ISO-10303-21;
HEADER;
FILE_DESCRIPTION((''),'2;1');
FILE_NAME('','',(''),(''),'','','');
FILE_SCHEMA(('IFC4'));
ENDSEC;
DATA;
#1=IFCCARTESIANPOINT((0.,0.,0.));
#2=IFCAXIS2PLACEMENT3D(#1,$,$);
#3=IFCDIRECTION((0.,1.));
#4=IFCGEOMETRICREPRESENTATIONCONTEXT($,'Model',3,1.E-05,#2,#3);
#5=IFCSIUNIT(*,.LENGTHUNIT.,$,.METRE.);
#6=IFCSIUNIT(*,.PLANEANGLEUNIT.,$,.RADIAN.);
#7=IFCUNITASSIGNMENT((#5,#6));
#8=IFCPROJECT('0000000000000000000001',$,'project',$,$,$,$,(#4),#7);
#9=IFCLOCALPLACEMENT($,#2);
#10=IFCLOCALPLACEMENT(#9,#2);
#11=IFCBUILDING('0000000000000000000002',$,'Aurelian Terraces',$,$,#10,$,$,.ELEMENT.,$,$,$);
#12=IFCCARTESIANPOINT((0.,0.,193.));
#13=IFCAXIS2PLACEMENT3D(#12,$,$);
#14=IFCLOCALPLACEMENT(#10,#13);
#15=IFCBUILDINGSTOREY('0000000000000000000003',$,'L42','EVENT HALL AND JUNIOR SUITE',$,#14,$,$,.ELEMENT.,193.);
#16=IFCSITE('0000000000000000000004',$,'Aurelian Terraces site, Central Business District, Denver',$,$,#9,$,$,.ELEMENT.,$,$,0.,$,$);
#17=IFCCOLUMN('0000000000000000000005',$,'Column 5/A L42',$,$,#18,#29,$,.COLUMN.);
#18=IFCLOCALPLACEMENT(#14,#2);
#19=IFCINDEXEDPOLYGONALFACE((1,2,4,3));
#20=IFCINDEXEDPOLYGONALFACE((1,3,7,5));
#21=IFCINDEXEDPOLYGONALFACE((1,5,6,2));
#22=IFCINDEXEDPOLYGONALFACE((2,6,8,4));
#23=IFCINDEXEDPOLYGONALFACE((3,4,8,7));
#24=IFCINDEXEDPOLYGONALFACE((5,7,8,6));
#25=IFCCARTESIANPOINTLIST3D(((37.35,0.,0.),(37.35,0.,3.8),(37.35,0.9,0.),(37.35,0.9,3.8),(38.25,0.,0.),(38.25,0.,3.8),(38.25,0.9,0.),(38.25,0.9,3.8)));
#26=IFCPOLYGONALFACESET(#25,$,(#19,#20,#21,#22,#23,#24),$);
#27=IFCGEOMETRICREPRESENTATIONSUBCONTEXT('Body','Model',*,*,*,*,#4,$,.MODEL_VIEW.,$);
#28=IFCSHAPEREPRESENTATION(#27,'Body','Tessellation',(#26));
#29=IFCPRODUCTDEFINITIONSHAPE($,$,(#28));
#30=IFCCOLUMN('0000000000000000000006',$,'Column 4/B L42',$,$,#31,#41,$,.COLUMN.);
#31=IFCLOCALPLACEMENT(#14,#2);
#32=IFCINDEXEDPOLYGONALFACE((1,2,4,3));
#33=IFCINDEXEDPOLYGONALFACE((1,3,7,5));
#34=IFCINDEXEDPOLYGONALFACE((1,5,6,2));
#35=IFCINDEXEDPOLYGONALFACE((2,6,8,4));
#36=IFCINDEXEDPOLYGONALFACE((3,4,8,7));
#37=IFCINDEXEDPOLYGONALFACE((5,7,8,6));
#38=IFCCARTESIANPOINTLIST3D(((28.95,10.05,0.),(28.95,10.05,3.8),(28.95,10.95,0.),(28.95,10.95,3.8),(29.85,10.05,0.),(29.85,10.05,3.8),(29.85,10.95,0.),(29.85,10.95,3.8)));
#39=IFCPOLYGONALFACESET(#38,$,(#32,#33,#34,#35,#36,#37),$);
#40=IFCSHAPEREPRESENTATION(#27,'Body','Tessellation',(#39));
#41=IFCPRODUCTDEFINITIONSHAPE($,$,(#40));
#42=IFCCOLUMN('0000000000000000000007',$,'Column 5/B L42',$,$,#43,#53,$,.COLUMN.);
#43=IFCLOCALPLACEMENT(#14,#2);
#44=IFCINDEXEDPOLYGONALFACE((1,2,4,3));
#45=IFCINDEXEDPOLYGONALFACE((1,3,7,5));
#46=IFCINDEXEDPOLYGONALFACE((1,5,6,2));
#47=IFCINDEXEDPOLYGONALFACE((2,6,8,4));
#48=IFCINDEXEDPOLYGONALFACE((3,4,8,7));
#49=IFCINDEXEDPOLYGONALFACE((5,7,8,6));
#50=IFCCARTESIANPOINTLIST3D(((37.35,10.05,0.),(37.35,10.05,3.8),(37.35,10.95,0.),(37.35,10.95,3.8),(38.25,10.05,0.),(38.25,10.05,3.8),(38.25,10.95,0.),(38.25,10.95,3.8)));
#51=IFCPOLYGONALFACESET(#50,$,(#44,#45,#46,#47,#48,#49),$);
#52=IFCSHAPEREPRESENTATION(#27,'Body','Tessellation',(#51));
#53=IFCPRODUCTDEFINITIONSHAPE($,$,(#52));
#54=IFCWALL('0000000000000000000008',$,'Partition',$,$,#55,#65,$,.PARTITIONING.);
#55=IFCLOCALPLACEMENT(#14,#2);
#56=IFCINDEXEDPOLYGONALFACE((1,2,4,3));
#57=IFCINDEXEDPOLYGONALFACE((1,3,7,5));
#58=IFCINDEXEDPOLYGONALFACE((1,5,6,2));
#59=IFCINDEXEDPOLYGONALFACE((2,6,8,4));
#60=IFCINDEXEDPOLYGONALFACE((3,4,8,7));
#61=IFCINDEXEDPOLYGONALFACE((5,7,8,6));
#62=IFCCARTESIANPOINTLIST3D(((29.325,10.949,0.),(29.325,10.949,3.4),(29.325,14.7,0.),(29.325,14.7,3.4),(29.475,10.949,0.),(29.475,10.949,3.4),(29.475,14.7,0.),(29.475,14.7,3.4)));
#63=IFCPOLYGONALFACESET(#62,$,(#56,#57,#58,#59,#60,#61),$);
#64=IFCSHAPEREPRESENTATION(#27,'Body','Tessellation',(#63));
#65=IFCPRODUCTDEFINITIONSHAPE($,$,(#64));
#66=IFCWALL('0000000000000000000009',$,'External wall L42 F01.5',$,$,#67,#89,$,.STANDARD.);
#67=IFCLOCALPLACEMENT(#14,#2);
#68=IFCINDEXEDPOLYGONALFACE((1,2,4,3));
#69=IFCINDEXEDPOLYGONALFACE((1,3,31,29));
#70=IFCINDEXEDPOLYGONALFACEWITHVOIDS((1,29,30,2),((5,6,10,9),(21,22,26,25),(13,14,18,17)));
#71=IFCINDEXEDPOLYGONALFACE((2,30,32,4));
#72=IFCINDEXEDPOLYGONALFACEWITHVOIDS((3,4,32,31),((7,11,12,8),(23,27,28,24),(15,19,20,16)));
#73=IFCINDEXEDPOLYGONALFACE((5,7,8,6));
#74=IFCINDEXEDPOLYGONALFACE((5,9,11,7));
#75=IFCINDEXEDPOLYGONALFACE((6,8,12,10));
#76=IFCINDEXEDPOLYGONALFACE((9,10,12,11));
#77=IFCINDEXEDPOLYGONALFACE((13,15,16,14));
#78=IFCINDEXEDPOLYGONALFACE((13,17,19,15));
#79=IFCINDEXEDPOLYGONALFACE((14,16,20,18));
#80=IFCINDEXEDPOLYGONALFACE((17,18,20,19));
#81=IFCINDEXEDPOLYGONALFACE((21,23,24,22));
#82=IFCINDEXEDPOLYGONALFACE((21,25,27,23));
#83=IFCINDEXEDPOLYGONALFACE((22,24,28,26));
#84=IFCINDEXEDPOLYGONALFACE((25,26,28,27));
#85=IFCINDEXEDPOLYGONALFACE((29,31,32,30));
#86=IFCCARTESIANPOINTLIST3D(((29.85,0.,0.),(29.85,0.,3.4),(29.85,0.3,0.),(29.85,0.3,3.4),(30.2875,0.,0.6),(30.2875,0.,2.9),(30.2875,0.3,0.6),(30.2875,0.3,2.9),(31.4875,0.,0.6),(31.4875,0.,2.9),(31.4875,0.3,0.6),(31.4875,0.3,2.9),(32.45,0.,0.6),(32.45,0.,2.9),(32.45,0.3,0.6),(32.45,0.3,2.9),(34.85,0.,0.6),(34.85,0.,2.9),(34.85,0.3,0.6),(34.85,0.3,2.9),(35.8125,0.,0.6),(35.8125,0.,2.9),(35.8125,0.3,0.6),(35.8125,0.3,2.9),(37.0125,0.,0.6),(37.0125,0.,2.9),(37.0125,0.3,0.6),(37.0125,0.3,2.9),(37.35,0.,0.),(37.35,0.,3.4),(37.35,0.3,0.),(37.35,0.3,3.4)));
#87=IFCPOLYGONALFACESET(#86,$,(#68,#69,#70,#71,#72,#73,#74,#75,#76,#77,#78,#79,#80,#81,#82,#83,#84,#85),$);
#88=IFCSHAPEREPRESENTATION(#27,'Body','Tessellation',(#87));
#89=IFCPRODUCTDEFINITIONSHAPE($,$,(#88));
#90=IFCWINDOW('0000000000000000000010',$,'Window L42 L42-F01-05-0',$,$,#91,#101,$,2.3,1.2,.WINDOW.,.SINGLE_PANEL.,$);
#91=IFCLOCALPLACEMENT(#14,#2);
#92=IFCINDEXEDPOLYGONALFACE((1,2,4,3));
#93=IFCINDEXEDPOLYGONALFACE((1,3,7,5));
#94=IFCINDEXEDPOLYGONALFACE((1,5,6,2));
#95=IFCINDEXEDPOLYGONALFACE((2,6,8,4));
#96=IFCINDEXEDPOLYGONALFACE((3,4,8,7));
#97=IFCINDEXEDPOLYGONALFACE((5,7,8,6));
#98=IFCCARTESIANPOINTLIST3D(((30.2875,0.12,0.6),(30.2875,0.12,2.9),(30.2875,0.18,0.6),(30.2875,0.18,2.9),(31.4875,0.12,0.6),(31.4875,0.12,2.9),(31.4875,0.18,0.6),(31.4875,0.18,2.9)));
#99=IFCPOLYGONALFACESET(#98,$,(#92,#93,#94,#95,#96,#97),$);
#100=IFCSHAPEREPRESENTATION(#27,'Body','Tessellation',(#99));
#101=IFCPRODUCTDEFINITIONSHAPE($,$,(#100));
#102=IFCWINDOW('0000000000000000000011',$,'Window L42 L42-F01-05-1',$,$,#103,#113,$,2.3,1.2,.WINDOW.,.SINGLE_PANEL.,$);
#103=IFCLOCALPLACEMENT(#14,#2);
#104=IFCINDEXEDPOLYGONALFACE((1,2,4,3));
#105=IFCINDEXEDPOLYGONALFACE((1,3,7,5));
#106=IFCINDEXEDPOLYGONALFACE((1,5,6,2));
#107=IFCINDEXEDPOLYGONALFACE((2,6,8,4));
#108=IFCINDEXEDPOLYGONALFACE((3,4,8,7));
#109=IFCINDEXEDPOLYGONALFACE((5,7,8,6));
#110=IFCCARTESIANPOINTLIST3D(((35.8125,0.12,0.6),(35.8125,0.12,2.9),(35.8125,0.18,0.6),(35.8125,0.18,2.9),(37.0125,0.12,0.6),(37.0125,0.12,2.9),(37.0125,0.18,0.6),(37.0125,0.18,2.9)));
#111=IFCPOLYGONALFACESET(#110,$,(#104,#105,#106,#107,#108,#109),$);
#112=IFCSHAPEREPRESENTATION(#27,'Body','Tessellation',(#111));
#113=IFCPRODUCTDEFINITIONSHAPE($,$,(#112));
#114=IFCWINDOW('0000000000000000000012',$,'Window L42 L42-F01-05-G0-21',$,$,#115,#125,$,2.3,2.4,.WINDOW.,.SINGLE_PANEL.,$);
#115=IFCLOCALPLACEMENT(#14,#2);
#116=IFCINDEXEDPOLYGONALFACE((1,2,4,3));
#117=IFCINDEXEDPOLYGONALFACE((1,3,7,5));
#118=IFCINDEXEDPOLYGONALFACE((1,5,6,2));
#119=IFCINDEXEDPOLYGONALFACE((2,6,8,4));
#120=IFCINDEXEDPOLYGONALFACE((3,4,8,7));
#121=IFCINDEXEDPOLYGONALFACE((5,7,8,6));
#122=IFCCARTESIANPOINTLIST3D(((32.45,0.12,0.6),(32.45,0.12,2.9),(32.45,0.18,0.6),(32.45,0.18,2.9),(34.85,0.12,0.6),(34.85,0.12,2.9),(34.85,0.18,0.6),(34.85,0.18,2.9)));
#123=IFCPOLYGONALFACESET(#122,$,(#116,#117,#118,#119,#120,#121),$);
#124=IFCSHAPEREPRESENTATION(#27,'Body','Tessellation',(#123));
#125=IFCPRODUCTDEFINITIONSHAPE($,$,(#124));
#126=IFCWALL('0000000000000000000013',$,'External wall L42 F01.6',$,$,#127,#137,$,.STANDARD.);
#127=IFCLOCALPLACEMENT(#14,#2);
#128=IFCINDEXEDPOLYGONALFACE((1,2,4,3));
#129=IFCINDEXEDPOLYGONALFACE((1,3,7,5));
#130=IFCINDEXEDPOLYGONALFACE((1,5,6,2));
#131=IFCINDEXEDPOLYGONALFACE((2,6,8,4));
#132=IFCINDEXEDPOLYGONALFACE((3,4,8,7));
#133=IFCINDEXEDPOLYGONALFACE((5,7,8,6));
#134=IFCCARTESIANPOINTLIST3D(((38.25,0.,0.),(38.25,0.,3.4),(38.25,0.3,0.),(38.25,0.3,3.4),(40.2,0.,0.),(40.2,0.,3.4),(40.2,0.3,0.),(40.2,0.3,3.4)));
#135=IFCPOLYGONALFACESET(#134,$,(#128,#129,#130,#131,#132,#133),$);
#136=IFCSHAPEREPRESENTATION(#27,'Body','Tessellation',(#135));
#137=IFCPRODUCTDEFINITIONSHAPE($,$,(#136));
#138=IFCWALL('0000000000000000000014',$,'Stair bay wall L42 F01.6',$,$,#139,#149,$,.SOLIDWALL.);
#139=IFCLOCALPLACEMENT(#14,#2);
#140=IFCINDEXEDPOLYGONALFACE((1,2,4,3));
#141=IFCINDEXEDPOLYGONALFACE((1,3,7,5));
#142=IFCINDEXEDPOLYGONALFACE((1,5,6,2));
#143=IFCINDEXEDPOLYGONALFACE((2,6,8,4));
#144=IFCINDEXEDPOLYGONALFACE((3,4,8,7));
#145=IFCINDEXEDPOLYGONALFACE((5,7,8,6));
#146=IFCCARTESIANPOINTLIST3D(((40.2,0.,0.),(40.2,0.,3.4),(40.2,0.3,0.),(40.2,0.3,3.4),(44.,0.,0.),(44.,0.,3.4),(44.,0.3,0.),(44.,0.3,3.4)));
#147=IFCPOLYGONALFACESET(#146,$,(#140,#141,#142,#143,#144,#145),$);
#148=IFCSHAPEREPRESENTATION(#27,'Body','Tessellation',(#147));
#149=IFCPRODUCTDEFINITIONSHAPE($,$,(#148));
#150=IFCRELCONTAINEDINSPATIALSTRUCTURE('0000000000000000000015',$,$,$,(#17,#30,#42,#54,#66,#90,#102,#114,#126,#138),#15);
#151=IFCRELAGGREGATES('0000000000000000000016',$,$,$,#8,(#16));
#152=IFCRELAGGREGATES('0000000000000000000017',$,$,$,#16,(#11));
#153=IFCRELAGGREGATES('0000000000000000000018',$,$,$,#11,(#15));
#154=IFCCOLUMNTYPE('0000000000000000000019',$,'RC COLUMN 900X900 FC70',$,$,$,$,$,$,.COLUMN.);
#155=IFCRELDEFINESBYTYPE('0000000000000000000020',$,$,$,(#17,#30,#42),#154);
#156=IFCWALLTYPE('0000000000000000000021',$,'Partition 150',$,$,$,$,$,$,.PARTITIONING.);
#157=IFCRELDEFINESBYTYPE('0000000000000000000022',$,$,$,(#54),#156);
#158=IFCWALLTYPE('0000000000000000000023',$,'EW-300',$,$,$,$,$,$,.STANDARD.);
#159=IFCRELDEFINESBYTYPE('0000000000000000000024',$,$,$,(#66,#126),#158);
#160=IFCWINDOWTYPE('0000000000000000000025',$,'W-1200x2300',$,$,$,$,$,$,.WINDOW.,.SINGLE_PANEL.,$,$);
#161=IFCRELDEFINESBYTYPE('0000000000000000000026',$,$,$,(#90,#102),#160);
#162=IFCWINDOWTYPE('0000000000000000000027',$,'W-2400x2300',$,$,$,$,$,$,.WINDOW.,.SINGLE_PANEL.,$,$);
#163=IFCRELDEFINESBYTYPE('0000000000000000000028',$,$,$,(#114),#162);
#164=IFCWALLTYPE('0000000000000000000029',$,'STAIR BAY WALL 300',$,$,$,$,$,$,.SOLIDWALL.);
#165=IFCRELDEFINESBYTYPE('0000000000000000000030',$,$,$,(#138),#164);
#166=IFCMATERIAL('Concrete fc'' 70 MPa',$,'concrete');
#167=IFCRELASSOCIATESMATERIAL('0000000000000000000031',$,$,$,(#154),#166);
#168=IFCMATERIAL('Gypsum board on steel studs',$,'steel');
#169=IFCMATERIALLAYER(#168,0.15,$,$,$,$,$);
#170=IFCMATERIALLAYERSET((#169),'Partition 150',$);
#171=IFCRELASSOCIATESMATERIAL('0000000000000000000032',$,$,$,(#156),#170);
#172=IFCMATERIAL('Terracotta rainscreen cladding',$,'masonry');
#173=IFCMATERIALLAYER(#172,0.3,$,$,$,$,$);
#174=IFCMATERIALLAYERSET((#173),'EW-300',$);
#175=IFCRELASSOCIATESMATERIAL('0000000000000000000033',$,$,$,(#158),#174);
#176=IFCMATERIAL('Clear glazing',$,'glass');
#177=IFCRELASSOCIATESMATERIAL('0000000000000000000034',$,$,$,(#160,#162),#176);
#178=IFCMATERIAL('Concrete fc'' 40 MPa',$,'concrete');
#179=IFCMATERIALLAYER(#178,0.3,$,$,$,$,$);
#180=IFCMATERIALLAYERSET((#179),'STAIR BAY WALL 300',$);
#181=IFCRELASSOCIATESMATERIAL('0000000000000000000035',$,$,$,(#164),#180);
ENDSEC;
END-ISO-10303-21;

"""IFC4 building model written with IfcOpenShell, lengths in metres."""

from ifc_helpers import new_model, si_unit, direction, frame, frame_2d, origin, origin_2d, place, context, subcontext, project, spatial, rectangle, extrude, source, transform, mapped, material, layer, layer_set, material_profile, profile_set, type_object, element, fill, save


model = new_model("IFC4")

# Units and contexts
model_context = context("Model", 3, precision=1e-05, world=origin(), true_north=direction((0.0, 1.0)))
body_context = subcontext(model_context, "Body", "Model", "MODEL_VIEW")
ifc_project = project(units=[si_unit("LENGTHUNIT", "METRE"), si_unit("PLANEANGLEUNIT", "RADIAN")], contexts=[model_context])

# Site, building, storey
site_placement = place(None, origin())
site = spatial("IfcSite", under=ifc_project, at=site_placement, Name="Aurelian Terraces site, Central Business District, Denver", CompositionType="ELEMENT", RefElevation=0.0)
building_placement = place(site_placement, origin())
building = spatial("IfcBuilding", under=site, at=building_placement, Name="Aurelian Terraces", CompositionType="ELEMENT")
storey_placement = place(building_placement, frame((0.0, 0.0, 193.0)))
storey = spatial("IfcBuildingStorey", under=building, at=storey_placement, Name="L42", Description="EVENT HALL AND JUNIOR SUITE", CompositionType="ELEMENT", Elevation=193.0)

# Columns
ifc_material_1 = material(Name="Concrete fc' 70 MPa", Category="concrete")
ifc_material_profile = material_profile(ifc_material_1, rectangle(XDim=0.9, YDim=0.9, at=origin_2d()))
ifc_profile_set = profile_set([ifc_material_profile], Name="Concrete fc' 70 MPa")
column_type = type_object("IfcColumnType", Name="RC COLUMN 900X900 FC70", PredefinedType="COLUMN", material=ifc_profile_set)
shared_shape_1 = source(origin(), body_context, "Body", "SweptSolid", [
    extrude(rectangle(XDim=0.9, YDim=0.9, at=origin_2d()), origin(), (0.0, 0.0, 1.0), 3.8),
])
for number, where, z_axis, x_axis, name in (
    (1, (37.8, 0.45, 0.0), (0.0, 0.0, 1.0), (1.0, 0.0, 0.0), "Column 5/A L42"),
    (2, (29.4, 10.5, 0.0), (0.0, 0.0, 1.0), (1.0, 0.0, 0.0), "Column 4/B L42"),
    (3, (37.8, 10.5, 0.0), (0.0, 0.0, 1.0), (1.0, 0.0, 0.0), "Column 5/B L42"),
):
    element("IfcColumn", number, at=place(storey_placement, frame(where, z_axis=z_axis, x_axis=x_axis)), inside=storey, type_object=column_type, Name=name, PredefinedType="COLUMN", context=body_context, shape_type="MappedRepresentation", body=[
        mapped(shared_shape_1, transform((0.0, 0.0, 0.0), scale=1.0)),
    ])

# Wall
ifc_material_2 = material(Name="Gypsum board on steel studs", Category="steel")
ifc_layer_1 = layer(ifc_material_2, 0.15)
ifc_layer_set_1 = layer_set([ifc_layer_1], Name="Partition 150")
wall_type_1 = type_object("IfcWallType", Name="Partition 150", PredefinedType="PARTITIONING", material=ifc_layer_set_1)
wall_1_placement = place(storey_placement, frame((29.4, 10.949, 0.0), z_axis=(0.0, 0.0, 1.0), x_axis=(0.0, 1.0, 0.0)))
element("IfcWall", 4, at=wall_1_placement, inside=storey, type_object=wall_type_1, Name="Partition", PredefinedType="PARTITIONING", context=body_context, shape_type="SweptSolid", body=[
    extrude(rectangle(XDim=3.751, YDim=0.15, at=frame_2d((1.8755, 0.0))), origin(), (0.0, 0.0, 1.0), 3.4),
])

# Wall, openings, windows
ifc_material_3 = material(Name="Terracotta rainscreen cladding", Category="masonry")
ifc_layer_2 = layer(ifc_material_3, 0.3)
ifc_layer_set_2 = layer_set([ifc_layer_2], Name="EW-300")
wall_type_2 = type_object("IfcWallType", Name="EW-300", PredefinedType="STANDARD", material=ifc_layer_set_2)
shared_shape_2 = source(origin(), body_context, "Body", "SweptSolid", [
    extrude(rectangle(XDim=7.5, YDim=0.3, at=frame_2d((3.75, 0.0))), origin(), (0.0, 0.0, 1.0), 3.4),
])
wall_2_placement = place(storey_placement, frame((29.85, 0.15, 0.0), z_axis=(0.0, 0.0, 1.0), x_axis=(1.0, 0.0, 0.0)))
wall_2 = element("IfcWall", 5, at=wall_2_placement, inside=storey, type_object=wall_type_2, Name="External wall L42 F01.5", PredefinedType="STANDARD", context=body_context, shape_type="MappedRepresentation", body=[
    mapped(shared_shape_2, transform((0.0, 0.0, 0.0), scale=1.0)),
])
shared_shape_3 = source(origin(), body_context, "Body", "SweptSolid", [
    extrude(rectangle(XDim=1.2, YDim=2.3, at=frame_2d((0.6, 1.15))), frame((0.0, 0.16, 0.0), z_axis=(0.0, -1.0, 0.0), x_axis=(1.0, 0.0, 0.0)), (0.0, 0.0, 1.0), 0.32),
])
opening_1_placement = place(wall_2_placement, frame((0.4375, 0.0, 0.6)))
opening_1 = element("IfcOpeningElement", 6, at=opening_1_placement, cuts=wall_2, PredefinedType="OPENING", context=body_context, shape_type="MappedRepresentation", body=[
    mapped(shared_shape_3, transform((0.0, 0.0, 0.0), scale=1.0)),
])
opening_2_placement = place(wall_2_placement, frame((5.9625, 0.0, 0.6)))
opening_2 = element("IfcOpeningElement", 7, at=opening_2_placement, cuts=wall_2, PredefinedType="OPENING", context=body_context, shape_type="MappedRepresentation", body=[
    mapped(shared_shape_3, transform((0.0, 0.0, 0.0), scale=1.0)),
])
shared_shape_4 = source(origin(), body_context, "Body", "SweptSolid", [
    extrude(rectangle(XDim=2.4, YDim=2.3, at=frame_2d((1.2, 1.15))), frame((0.0, 0.16, 0.0), z_axis=(0.0, -1.0, 0.0), x_axis=(1.0, 0.0, 0.0)), (0.0, 0.0, 1.0), 0.32),
])
opening_3_placement = place(wall_2_placement, frame((2.6, 0.0, 0.6)))
opening_3 = element("IfcOpeningElement", 8, at=opening_3_placement, cuts=wall_2, PredefinedType="OPENING", context=body_context, shape_type="MappedRepresentation", body=[
    mapped(shared_shape_4, transform((0.0, 0.0, 0.0), scale=1.0)),
])
ifc_material_4 = material(Name="Clear glazing", Category="glass")
window_type_1 = type_object("IfcWindowType", Name="W-1200x2300", PartitioningType="SINGLE_PANEL", PredefinedType="WINDOW", material=ifc_material_4)
shared_shape_5 = source(origin(), body_context, "Body", "SweptSolid", [
    extrude(rectangle(XDim=1.2, YDim=2.3, at=frame_2d((0.6, 1.15))), frame((0.0, 0.03, 0.0), z_axis=(0.0, -1.0, 0.0), x_axis=(1.0, 0.0, 0.0)), (0.0, 0.0, 1.0), 0.06),
])
window_1_placement = place(opening_1_placement, origin())
window_1 = element("IfcWindow", 9, at=window_1_placement, inside=storey, type_object=window_type_1, Name="Window L42 L42-F01-05-0", OverallHeight=2.3, OverallWidth=1.2, PartitioningType="SINGLE_PANEL", PredefinedType="WINDOW", context=body_context, shape_type="MappedRepresentation", body=[
    mapped(shared_shape_5, transform((0.0, 0.0, 0.0), scale=1.0)),
])
fill(opening_1, window_1)
window_2_placement = place(opening_2_placement, origin())
window_2 = element("IfcWindow", 10, at=window_2_placement, inside=storey, type_object=window_type_1, Name="Window L42 L42-F01-05-1", OverallHeight=2.3, OverallWidth=1.2, PartitioningType="SINGLE_PANEL", PredefinedType="WINDOW", context=body_context, shape_type="MappedRepresentation", body=[
    mapped(shared_shape_5, transform((0.0, 0.0, 0.0), scale=1.0)),
])
fill(opening_2, window_2)
window_type_2 = type_object("IfcWindowType", Name="W-2400x2300", PartitioningType="SINGLE_PANEL", PredefinedType="WINDOW", material=ifc_material_4)
shared_shape_6 = source(origin(), body_context, "Body", "SweptSolid", [
    extrude(rectangle(XDim=2.4, YDim=2.3, at=frame_2d((1.2, 1.15))), frame((0.0, 0.03, 0.0), z_axis=(0.0, -1.0, 0.0), x_axis=(1.0, 0.0, 0.0)), (0.0, 0.0, 1.0), 0.06),
])
window_3_placement = place(opening_3_placement, origin())
window_3 = element("IfcWindow", 11, at=window_3_placement, inside=storey, type_object=window_type_2, Name="Window L42 L42-F01-05-G0-21", OverallHeight=2.3, OverallWidth=2.4, PartitioningType="SINGLE_PANEL", PredefinedType="WINDOW", context=body_context, shape_type="MappedRepresentation", body=[
    mapped(shared_shape_6, transform((0.0, 0.0, 0.0), scale=1.0)),
])
fill(opening_3, window_3)

# Walls
shared_shape_7 = source(origin(), body_context, "Body", "SweptSolid", [
    extrude(rectangle(XDim=1.95, YDim=0.3, at=frame_2d((0.975, 0.0))), origin(), (0.0, 0.0, 1.0), 3.4),
])
wall_3_placement = place(storey_placement, frame((38.25, 0.15, 0.0), z_axis=(0.0, 0.0, 1.0), x_axis=(1.0, 0.0, 0.0)))
element("IfcWall", 12, at=wall_3_placement, inside=storey, type_object=wall_type_2, Name="External wall L42 F01.6", PredefinedType="STANDARD", context=body_context, shape_type="MappedRepresentation", body=[
    mapped(shared_shape_7, transform((0.0, 0.0, 0.0), scale=1.0)),
])
ifc_material_5 = material(Name="Concrete fc' 40 MPa", Category="concrete")
ifc_layer_3 = layer(ifc_material_5, 0.3)
ifc_layer_set_3 = layer_set([ifc_layer_3], Name="STAIR BAY WALL 300")
wall_type_3 = type_object("IfcWallType", Name="STAIR BAY WALL 300", PredefinedType="SOLIDWALL", material=ifc_layer_set_3)
shared_shape_8 = source(origin(), body_context, "Body", "SweptSolid", [
    extrude(rectangle(XDim=3.8, YDim=0.3, at=frame_2d((1.9, 0.0))), origin(), (0.0, 0.0, 1.0), 3.4),
])
wall_4_placement = place(storey_placement, frame((40.2, 0.15, 0.0), z_axis=(0.0, 0.0, 1.0), x_axis=(1.0, 0.0, 0.0)))
element("IfcWall", 13, at=wall_4_placement, inside=storey, type_object=wall_type_3, Name="Stair bay wall L42 F01.6", PredefinedType="SOLIDWALL", context=body_context, shape_type="MappedRepresentation", body=[
    mapped(shared_shape_8, transform((0.0, 0.0, 0.0), scale=1.0)),
])

save(model, "model.ifc")
